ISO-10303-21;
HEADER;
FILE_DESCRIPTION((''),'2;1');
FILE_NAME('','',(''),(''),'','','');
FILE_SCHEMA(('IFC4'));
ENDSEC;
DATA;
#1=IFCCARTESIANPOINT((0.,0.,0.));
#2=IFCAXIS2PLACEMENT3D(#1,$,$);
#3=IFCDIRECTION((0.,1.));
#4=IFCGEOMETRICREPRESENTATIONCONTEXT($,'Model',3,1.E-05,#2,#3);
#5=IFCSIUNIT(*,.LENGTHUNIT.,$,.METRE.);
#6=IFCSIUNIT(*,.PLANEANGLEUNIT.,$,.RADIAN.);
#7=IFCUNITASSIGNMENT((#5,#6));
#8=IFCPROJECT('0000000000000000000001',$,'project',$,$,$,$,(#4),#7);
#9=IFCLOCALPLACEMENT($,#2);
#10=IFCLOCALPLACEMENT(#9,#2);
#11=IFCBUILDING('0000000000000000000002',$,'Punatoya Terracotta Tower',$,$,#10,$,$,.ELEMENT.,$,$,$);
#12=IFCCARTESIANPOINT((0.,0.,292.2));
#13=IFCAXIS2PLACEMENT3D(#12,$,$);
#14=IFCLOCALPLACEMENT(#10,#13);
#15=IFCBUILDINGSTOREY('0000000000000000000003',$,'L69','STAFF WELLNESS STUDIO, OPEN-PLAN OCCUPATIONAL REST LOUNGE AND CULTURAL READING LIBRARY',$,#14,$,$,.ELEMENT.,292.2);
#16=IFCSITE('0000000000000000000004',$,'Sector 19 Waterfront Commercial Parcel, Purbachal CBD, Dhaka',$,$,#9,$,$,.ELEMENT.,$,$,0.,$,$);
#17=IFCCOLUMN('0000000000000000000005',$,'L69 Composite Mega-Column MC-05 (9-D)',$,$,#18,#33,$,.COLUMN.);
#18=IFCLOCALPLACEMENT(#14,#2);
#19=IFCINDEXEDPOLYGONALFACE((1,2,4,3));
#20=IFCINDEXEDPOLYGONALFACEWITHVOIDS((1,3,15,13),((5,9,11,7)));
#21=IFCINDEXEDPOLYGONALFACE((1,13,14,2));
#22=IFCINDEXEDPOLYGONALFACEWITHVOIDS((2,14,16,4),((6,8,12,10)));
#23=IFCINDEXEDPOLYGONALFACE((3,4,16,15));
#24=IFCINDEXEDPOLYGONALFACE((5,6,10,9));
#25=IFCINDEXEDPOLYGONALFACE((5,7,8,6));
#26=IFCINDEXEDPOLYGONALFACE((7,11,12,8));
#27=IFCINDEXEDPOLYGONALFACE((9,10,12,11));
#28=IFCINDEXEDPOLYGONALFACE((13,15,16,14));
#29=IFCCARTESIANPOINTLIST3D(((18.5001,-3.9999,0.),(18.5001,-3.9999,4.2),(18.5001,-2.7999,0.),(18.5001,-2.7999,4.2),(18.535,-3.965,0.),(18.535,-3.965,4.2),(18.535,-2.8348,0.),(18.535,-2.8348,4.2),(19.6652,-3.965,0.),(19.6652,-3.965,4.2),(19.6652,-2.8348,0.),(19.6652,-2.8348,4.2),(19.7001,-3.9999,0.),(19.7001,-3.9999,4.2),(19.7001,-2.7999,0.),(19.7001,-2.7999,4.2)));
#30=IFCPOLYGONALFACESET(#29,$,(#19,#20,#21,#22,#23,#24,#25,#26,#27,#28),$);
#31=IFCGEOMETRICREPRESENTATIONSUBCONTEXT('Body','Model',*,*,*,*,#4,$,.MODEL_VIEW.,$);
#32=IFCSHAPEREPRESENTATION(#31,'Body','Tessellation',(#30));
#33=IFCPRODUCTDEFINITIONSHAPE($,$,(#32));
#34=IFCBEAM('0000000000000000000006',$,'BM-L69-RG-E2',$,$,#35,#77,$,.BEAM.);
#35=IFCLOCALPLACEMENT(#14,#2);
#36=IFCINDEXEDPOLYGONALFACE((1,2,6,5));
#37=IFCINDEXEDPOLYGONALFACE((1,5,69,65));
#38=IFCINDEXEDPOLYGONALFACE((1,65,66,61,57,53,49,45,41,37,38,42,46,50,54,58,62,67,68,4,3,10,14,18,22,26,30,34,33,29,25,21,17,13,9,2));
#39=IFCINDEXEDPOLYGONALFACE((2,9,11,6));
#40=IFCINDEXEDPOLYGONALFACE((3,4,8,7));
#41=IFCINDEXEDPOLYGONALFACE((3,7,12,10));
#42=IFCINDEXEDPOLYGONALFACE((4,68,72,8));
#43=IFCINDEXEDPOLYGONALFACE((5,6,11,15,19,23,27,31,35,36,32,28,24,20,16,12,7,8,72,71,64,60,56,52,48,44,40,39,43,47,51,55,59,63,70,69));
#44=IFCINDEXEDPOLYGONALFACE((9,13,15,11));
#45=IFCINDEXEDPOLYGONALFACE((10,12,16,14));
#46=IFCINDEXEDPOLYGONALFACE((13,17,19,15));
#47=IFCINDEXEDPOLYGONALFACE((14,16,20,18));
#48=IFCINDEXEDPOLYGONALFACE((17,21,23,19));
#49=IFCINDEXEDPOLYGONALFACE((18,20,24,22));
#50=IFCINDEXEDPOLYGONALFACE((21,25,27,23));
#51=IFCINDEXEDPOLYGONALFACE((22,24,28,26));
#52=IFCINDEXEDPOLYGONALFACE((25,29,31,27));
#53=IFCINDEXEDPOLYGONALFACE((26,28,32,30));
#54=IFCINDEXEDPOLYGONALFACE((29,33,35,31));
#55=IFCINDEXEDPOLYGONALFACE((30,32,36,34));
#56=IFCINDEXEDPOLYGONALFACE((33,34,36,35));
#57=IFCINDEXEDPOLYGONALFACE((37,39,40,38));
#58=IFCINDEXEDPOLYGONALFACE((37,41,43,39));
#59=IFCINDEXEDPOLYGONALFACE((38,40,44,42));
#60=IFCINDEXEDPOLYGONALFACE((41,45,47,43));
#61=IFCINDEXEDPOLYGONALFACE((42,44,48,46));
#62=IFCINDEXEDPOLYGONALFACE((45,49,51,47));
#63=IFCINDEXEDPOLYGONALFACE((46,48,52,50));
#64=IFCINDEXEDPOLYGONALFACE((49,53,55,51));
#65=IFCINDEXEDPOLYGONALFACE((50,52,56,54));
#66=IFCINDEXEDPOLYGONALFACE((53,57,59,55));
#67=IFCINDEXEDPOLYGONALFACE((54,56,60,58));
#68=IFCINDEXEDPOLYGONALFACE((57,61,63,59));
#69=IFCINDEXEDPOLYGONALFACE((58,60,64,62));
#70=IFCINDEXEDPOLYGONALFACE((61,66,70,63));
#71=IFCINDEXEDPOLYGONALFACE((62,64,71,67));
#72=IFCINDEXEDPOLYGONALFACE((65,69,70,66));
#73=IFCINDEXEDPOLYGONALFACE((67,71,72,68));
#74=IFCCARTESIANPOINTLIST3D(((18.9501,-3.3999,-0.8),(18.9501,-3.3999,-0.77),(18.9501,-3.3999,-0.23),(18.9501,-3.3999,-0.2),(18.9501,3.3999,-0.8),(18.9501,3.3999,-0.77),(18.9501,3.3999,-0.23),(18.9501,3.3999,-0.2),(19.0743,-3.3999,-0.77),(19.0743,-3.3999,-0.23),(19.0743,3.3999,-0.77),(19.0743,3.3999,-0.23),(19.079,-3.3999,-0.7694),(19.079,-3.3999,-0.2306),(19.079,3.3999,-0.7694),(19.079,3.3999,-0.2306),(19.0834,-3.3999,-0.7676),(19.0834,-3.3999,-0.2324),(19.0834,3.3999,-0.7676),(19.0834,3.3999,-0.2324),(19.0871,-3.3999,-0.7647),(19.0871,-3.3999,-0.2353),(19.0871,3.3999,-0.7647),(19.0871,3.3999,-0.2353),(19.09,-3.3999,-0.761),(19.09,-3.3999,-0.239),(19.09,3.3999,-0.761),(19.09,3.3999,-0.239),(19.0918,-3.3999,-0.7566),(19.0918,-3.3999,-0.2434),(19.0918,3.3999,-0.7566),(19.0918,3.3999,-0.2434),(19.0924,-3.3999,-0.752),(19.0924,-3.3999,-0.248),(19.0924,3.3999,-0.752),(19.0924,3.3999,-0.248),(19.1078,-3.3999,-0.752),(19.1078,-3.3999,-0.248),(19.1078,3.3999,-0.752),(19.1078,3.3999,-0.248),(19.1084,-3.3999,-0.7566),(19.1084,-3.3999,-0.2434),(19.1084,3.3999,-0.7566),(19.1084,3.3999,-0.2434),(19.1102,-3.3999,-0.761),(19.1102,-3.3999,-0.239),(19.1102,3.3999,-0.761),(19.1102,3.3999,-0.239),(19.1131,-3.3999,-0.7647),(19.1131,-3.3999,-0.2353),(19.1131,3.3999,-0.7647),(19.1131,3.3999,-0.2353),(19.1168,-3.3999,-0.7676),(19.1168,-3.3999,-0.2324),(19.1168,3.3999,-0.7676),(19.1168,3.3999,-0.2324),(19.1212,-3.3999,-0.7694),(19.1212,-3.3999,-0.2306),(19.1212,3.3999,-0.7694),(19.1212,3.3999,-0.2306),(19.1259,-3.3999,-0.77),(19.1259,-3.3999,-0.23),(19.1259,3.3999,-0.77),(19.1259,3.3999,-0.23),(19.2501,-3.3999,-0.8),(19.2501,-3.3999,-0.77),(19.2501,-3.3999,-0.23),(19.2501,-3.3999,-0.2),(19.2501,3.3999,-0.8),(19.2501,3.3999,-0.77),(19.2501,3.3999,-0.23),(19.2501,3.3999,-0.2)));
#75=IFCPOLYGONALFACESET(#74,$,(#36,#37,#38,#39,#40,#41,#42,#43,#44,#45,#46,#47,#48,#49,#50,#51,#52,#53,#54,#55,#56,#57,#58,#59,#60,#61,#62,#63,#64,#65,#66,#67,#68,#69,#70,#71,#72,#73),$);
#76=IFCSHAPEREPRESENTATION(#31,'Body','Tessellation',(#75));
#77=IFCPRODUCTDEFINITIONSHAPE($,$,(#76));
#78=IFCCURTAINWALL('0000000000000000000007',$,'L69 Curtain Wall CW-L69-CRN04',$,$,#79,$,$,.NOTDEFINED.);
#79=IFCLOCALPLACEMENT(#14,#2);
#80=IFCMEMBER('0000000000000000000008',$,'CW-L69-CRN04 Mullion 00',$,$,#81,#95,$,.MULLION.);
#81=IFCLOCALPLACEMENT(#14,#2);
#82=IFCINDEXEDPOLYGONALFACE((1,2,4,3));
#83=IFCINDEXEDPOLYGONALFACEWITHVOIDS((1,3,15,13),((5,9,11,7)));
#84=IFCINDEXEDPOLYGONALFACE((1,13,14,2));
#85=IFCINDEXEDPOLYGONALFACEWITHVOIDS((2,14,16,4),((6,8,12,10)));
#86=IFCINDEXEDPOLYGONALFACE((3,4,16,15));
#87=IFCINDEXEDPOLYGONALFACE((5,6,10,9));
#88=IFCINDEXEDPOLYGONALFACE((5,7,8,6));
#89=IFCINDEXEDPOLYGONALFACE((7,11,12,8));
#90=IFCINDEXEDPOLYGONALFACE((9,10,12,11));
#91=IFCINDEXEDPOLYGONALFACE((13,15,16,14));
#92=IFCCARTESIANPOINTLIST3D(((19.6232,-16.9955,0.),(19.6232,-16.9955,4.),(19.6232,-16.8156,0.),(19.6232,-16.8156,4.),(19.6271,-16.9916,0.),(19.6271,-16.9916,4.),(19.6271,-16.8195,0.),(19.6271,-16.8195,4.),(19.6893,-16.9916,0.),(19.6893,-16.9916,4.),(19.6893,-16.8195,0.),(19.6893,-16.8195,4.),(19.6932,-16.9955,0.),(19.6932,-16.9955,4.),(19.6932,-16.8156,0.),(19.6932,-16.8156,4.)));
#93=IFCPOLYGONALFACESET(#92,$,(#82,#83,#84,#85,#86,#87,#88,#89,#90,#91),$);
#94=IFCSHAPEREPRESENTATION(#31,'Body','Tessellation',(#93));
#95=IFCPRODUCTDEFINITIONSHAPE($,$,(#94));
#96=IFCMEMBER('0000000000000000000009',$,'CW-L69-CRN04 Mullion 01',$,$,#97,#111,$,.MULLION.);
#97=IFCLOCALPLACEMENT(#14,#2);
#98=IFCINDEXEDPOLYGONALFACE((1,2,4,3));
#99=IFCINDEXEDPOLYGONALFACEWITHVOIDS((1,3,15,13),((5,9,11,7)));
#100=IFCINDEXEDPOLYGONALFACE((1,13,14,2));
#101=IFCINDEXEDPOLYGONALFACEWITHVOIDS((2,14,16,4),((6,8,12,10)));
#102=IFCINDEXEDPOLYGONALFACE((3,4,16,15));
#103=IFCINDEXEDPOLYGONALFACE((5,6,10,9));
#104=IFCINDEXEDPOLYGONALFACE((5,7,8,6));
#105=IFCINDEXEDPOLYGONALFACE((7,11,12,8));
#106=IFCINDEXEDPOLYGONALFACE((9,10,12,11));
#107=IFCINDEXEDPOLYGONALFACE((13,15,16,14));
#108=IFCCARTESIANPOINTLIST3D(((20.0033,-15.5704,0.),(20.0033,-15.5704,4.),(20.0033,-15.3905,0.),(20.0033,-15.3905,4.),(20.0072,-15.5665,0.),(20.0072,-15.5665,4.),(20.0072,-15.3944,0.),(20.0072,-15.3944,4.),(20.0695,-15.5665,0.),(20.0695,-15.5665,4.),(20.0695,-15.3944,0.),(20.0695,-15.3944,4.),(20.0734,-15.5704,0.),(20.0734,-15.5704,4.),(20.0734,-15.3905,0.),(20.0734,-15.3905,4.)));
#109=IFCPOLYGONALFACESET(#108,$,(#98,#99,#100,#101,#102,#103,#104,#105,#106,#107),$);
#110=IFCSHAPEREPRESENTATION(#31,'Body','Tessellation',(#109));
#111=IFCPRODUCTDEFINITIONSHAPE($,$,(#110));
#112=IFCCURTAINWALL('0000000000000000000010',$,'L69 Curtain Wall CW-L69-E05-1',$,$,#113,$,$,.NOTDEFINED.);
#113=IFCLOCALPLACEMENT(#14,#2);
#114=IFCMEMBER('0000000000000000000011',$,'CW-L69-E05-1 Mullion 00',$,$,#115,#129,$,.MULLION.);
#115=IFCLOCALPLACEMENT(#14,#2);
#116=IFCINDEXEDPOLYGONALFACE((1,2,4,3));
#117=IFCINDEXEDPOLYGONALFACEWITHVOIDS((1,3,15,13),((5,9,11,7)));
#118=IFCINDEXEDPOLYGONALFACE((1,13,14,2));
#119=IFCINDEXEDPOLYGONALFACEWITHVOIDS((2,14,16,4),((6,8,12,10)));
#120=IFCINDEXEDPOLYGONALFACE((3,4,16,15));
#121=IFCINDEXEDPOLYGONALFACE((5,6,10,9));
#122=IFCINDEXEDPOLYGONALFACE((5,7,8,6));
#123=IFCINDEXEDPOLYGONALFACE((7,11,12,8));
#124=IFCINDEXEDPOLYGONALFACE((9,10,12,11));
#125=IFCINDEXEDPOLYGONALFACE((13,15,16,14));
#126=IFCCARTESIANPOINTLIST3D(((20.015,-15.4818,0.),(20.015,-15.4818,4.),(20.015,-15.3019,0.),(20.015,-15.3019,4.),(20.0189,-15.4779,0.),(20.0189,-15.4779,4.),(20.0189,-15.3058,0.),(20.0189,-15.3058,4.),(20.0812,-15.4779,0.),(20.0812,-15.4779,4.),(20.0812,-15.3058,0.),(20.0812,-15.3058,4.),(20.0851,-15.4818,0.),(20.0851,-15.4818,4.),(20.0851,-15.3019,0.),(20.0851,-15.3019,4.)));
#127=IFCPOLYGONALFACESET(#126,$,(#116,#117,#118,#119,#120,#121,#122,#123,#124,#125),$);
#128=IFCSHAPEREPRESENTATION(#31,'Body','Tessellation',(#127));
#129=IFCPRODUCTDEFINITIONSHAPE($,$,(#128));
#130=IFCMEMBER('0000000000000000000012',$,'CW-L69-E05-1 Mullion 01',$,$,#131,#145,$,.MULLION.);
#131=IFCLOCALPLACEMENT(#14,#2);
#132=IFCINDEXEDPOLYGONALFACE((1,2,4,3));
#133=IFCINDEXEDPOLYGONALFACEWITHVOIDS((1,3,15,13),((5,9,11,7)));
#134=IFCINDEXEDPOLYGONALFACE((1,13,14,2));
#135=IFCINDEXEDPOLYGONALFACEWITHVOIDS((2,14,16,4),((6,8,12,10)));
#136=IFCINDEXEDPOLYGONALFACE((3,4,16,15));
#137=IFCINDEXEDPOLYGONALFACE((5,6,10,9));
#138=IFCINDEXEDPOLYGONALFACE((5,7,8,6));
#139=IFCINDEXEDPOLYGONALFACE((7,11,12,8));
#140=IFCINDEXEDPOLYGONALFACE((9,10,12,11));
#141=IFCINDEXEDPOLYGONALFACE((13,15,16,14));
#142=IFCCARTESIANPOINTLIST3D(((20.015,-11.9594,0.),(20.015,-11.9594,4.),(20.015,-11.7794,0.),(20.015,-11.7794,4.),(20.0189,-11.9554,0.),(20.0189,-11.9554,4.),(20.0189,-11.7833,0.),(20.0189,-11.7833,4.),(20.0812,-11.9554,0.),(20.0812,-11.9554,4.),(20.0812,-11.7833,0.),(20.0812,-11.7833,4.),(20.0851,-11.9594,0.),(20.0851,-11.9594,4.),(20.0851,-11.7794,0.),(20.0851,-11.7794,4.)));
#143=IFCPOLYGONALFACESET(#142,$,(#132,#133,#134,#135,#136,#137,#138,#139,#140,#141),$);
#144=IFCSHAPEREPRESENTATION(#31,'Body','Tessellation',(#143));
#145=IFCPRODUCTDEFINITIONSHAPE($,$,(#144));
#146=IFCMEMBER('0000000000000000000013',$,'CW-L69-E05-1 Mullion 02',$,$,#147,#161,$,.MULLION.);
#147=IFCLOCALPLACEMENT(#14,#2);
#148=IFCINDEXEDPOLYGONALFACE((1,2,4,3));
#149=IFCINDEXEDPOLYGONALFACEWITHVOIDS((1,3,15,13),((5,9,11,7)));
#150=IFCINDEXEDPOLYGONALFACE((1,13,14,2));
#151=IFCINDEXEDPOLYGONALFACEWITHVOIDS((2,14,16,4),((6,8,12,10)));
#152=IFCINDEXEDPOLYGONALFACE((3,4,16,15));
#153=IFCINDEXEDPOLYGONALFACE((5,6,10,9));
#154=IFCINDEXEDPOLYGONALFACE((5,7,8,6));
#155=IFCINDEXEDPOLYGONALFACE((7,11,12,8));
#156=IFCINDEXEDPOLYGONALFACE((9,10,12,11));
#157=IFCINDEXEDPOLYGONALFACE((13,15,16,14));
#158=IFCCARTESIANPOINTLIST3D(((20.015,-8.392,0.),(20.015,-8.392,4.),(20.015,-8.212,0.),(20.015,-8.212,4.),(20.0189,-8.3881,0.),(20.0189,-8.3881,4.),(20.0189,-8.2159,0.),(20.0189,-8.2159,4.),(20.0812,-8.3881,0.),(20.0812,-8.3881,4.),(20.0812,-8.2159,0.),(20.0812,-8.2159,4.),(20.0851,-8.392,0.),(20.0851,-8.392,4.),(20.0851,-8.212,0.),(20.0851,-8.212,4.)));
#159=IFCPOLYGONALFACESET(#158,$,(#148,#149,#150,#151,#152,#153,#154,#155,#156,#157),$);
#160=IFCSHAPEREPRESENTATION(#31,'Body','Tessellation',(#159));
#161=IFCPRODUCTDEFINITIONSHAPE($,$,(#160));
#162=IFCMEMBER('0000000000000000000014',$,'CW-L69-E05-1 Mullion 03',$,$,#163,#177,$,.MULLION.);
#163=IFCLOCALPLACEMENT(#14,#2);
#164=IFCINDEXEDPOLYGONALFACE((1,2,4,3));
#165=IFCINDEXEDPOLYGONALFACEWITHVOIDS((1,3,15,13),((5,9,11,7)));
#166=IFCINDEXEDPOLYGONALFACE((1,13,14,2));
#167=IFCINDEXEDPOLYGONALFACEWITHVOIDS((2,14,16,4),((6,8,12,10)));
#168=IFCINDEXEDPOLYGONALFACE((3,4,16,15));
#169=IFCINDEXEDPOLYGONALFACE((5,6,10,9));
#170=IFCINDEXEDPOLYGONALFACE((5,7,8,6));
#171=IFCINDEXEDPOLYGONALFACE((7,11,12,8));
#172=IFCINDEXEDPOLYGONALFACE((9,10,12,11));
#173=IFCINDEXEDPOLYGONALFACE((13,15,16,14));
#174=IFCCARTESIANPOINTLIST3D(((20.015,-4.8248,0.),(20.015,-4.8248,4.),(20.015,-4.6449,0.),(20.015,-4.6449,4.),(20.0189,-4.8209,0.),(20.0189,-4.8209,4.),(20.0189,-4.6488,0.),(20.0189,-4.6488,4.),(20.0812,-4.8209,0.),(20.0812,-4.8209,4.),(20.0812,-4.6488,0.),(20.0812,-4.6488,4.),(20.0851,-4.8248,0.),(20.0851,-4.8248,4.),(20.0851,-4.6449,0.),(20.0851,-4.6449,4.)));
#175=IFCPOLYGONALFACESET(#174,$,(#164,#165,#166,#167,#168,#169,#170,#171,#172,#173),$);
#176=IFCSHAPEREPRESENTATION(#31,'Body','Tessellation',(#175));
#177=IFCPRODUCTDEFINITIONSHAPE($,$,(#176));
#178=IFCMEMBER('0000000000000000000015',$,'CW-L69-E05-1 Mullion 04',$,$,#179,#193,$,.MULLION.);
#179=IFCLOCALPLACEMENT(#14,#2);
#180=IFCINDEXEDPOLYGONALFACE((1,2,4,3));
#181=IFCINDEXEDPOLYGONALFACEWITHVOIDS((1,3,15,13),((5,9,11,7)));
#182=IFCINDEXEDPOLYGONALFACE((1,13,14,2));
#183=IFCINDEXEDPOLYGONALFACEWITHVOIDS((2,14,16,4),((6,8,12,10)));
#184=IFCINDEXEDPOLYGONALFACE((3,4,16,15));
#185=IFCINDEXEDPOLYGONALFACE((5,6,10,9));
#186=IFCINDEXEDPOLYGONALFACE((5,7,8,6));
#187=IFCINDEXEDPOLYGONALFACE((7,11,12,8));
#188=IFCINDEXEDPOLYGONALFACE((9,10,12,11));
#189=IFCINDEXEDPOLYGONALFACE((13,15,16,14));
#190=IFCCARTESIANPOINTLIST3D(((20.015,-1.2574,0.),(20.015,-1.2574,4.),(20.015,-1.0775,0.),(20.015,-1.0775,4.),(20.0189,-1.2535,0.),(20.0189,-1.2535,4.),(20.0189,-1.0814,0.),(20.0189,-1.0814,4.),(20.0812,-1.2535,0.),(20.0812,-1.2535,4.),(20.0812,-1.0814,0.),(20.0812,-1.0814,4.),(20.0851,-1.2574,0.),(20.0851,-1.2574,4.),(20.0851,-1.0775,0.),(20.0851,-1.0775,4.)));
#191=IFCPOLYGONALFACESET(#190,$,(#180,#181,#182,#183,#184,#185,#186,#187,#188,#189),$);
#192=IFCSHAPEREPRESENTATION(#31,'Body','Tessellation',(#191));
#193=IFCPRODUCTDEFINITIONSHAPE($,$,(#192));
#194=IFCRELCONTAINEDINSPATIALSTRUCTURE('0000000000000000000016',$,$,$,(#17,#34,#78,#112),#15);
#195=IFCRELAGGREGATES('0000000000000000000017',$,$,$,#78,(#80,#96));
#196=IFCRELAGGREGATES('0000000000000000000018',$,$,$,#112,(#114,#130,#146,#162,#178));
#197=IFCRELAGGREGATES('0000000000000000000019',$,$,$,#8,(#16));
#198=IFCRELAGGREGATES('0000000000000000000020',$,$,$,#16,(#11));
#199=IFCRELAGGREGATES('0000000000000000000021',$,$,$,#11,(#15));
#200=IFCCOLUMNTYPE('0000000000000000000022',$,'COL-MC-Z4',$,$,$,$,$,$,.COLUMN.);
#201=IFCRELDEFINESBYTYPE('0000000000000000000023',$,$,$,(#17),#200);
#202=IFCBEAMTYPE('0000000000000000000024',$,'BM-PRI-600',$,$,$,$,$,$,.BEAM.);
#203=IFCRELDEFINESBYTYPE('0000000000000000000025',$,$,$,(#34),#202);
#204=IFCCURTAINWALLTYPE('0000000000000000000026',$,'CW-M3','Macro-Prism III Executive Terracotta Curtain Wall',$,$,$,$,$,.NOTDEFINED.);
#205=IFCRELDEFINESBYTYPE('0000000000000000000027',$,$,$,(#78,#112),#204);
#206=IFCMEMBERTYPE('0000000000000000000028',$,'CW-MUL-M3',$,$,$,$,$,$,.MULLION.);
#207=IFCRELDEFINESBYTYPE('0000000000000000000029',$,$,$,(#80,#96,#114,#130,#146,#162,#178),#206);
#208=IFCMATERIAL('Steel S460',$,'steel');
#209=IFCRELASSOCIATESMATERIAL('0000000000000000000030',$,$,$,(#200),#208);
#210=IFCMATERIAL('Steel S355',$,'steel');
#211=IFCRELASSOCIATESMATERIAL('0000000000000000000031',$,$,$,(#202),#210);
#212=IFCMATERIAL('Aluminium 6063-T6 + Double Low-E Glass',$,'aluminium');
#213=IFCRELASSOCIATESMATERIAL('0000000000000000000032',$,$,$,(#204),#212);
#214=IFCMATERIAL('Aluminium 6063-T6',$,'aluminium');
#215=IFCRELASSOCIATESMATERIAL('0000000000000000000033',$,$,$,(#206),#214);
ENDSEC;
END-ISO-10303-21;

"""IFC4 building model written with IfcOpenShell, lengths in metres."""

from ifc_helpers import new_model, si_unit, direction, frame, origin, origin_2d, place, context, subcontext, project, spatial, hollow_rectangle, i_section, extrude, material, material_profile, profile_set, type_object, element, aggregate, save


model = new_model("IFC4")

# Units and contexts
model_context = context("Model", 3, precision=1e-05, world=origin(), true_north=direction((0.0, 1.0)))
body_context = subcontext(model_context, "Body", "Model", "MODEL_VIEW")
ifc_project = project(units=[si_unit("LENGTHUNIT", "METRE"), si_unit("PLANEANGLEUNIT", "RADIAN")], contexts=[model_context])

# Site, building, storey
site_placement = place(None, origin())
site = spatial("IfcSite", under=ifc_project, at=site_placement, Name="Sector 19 Waterfront Commercial Parcel, Purbachal CBD, Dhaka", CompositionType="ELEMENT", RefElevation=0.0)
building_placement = place(site_placement, origin())
building = spatial("IfcBuilding", under=site, at=building_placement, Name="Punatoya Terracotta Tower", CompositionType="ELEMENT")
storey_placement = place(building_placement, frame((0.0, 0.0, 292.2)))
storey = spatial("IfcBuildingStorey", under=building, at=storey_placement, Name="L69", Description="STAFF WELLNESS STUDIO, OPEN-PLAN OCCUPATIONAL REST LOUNGE AND CULTURAL READING LIBRARY", CompositionType="ELEMENT", Elevation=292.2)

# Column
ifc_material_1 = material(Name="Steel S460", Category="steel")
ifc_material_profile_1 = material_profile(ifc_material_1, hollow_rectangle(XDim=1.2, YDim=1.2, WallThickness=0.0349, at=origin_2d()))
ifc_profile_set_1 = profile_set([ifc_material_profile_1], Name="Steel S460")
column_type = type_object("IfcColumnType", Name="COL-MC-Z4", PredefinedType="COLUMN", material=ifc_profile_set_1)
column_placement = place(storey_placement, frame((19.1001, -3.3999, 0.0), z_axis=(0.0, 0.0, 1.0), x_axis=(1.0, 0.0, 0.0)))
element("IfcColumn", 1, at=column_placement, inside=storey, type_object=column_type, Name="L69 Composite Mega-Column MC-05 (9-D)", PredefinedType="COLUMN", context=body_context, shape_type="SweptSolid", body=[
    extrude(hollow_rectangle(XDim=1.2, YDim=1.2, WallThickness=0.0349, at=origin_2d()), origin(), (0.0, 0.0, 1.0), 4.2),
])

# Beam
ifc_material_2 = material(Name="Steel S355", Category="steel")
ifc_material_profile_2 = material_profile(ifc_material_2, i_section(OverallWidth=0.3, OverallDepth=0.6001, WebThickness=0.0154, FlangeThickness=0.03, FilletRadius=0.0181, at=origin_2d()))
ifc_profile_set_2 = profile_set([ifc_material_profile_2], Name="Steel S355")
beam_type = type_object("IfcBeamType", Name="BM-PRI-600", PredefinedType="BEAM", material=ifc_profile_set_2)
beam_placement = place(storey_placement, frame((19.1001, -3.3999, -0.5), z_axis=(0.0, 1.0, 0.0), x_axis=(-1.0, 0.0, 0.0)))
element("IfcBeam", 2, at=beam_placement, inside=storey, type_object=beam_type, Name="BM-L69-RG-E2", PredefinedType="BEAM", context=body_context, shape_type="SweptSolid", body=[
    extrude(i_section(OverallWidth=0.3, OverallDepth=0.6001, WebThickness=0.0154, FlangeThickness=0.03, FilletRadius=0.0181, at=origin_2d()), origin(), (0.0, 0.0, 1.0), 6.7998),
])

# Curtain walls, members
ifc_material_3 = material(Name="Aluminium 6063-T6 + Double Low-E Glass", Category="aluminium")
curtain_wall_type = type_object("IfcCurtainWallType", Name="CW-M3", Description="Macro-Prism III Executive Terracotta Curtain Wall", PredefinedType="NOTDEFINED", material=ifc_material_3)
curtain_wall_1_placement = place(storey_placement, origin())
curtain_wall_1 = element("IfcCurtainWall", 3, at=curtain_wall_1_placement, inside=storey, type_object=curtain_wall_type, Name="L69 Curtain Wall CW-L69-CRN04", PredefinedType="NOTDEFINED")
ifc_material_4 = material(Name="Aluminium 6063-T6", Category="aluminium")
ifc_material_profile_3 = material_profile(ifc_material_4, hollow_rectangle(XDim=0.0701, YDim=0.1799, WallThickness=0.0039, at=origin_2d()))
ifc_profile_set_3 = profile_set([ifc_material_profile_3], Name="Aluminium 6063-T6")
member_type_1 = type_object("IfcMemberType", Name="CW-MUL-M3", PredefinedType="MULLION", material=ifc_profile_set_3)
member_1_placement = place(storey_placement, frame((19.6582, -16.9055, 0.0), z_axis=(0.0, 0.0, 1.0), x_axis=(1.0, 0.0, 0.0)))
member_1 = element("IfcMember", 4, at=member_1_placement, type_object=member_type_1, Name="CW-L69-CRN04 Mullion 00", PredefinedType="MULLION", context=body_context, shape_type="SweptSolid", body=[
    extrude(hollow_rectangle(XDim=0.0701, YDim=0.1799, WallThickness=0.0039, at=origin_2d()), origin(), (0.0, 0.0, 1.0), 4.0),
])
member_2_placement = place(storey_placement, frame((20.0383, -15.4805, 0.0), z_axis=(0.0, 0.0, 1.0), x_axis=(1.0, 0.0, 0.0)))
member_2 = element("IfcMember", 5, at=member_2_placement, type_object=member_type_1, Name="CW-L69-CRN04 Mullion 01", PredefinedType="MULLION", context=body_context, shape_type="SweptSolid", body=[
    extrude(hollow_rectangle(XDim=0.0701, YDim=0.1799, WallThickness=0.0039, at=origin_2d()), origin(), (0.0, 0.0, 1.0), 4.0),
])
curtain_wall_2_placement = place(storey_placement, origin())
curtain_wall_2 = element("IfcCurtainWall", 6, at=curtain_wall_2_placement, inside=storey, type_object=curtain_wall_type, Name="L69 Curtain Wall CW-L69-E05-1", PredefinedType="NOTDEFINED")
member_3_placement = place(storey_placement, frame((20.05, -15.3918, 0.0), z_axis=(0.0, 0.0, 1.0), x_axis=(1.0, 0.0, 0.0)))
member_3 = element("IfcMember", 7, at=member_3_placement, type_object=member_type_1, Name="CW-L69-E05-1 Mullion 00", PredefinedType="MULLION", context=body_context, shape_type="SweptSolid", body=[
    extrude(hollow_rectangle(XDim=0.0701, YDim=0.1799, WallThickness=0.0039, at=origin_2d()), origin(), (0.0, 0.0, 1.0), 4.0),
])
member_4_placement = place(storey_placement, frame((20.05, -11.8694, 0.0), z_axis=(0.0, 0.0, 1.0), x_axis=(1.0, 0.0, 0.0)))
member_4 = element("IfcMember", 8, at=member_4_placement, type_object=member_type_1, Name="CW-L69-E05-1 Mullion 01", PredefinedType="MULLION", context=body_context, shape_type="SweptSolid", body=[
    extrude(hollow_rectangle(XDim=0.0701, YDim=0.1799, WallThickness=0.0039, at=origin_2d()), origin(), (0.0, 0.0, 1.0), 4.0),
])
member_5_placement = place(storey_placement, frame((20.05, -8.302, 0.0), z_axis=(0.0, 0.0, 1.0), x_axis=(1.0, 0.0, 0.0)))
member_5 = element("IfcMember", 9, at=member_5_placement, type_object=member_type_1, Name="CW-L69-E05-1 Mullion 02", PredefinedType="MULLION", context=body_context, shape_type="SweptSolid", body=[
    extrude(hollow_rectangle(XDim=0.0701, YDim=0.1799, WallThickness=0.0039, at=origin_2d()), origin(), (0.0, 0.0, 1.0), 4.0),
])
member_6_placement = place(storey_placement, frame((20.05, -4.7349, 0.0), z_axis=(0.0, 0.0, 1.0), x_axis=(1.0, 0.0, 0.0)))
member_6 = element("IfcMember", 10, at=member_6_placement, type_object=member_type_1, Name="CW-L69-E05-1 Mullion 03", PredefinedType="MULLION", context=body_context, shape_type="SweptSolid", body=[
    extrude(hollow_rectangle(XDim=0.0701, YDim=0.1799, WallThickness=0.0039, at=origin_2d()), origin(), (0.0, 0.0, 1.0), 4.0),
])
member_7_placement = place(storey_placement, frame((20.05, -1.1675, 0.0), z_axis=(0.0, 0.0, 1.0), x_axis=(1.0, 0.0, 0.0)))
member_7 = element("IfcMember", 11, at=member_7_placement, type_object=member_type_1, Name="CW-L69-E05-1 Mullion 04", PredefinedType="MULLION", context=body_context, shape_type="SweptSolid", body=[
    extrude(hollow_rectangle(XDim=0.0701, YDim=0.1799, WallThickness=0.0039, at=origin_2d()), origin(), (0.0, 0.0, 1.0), 4.0),
])

aggregate(curtain_wall_1, [member_1, member_2])
aggregate(curtain_wall_2, [member_3, member_4, member_5, member_6, member_7])

save(model, "model.ifc")
